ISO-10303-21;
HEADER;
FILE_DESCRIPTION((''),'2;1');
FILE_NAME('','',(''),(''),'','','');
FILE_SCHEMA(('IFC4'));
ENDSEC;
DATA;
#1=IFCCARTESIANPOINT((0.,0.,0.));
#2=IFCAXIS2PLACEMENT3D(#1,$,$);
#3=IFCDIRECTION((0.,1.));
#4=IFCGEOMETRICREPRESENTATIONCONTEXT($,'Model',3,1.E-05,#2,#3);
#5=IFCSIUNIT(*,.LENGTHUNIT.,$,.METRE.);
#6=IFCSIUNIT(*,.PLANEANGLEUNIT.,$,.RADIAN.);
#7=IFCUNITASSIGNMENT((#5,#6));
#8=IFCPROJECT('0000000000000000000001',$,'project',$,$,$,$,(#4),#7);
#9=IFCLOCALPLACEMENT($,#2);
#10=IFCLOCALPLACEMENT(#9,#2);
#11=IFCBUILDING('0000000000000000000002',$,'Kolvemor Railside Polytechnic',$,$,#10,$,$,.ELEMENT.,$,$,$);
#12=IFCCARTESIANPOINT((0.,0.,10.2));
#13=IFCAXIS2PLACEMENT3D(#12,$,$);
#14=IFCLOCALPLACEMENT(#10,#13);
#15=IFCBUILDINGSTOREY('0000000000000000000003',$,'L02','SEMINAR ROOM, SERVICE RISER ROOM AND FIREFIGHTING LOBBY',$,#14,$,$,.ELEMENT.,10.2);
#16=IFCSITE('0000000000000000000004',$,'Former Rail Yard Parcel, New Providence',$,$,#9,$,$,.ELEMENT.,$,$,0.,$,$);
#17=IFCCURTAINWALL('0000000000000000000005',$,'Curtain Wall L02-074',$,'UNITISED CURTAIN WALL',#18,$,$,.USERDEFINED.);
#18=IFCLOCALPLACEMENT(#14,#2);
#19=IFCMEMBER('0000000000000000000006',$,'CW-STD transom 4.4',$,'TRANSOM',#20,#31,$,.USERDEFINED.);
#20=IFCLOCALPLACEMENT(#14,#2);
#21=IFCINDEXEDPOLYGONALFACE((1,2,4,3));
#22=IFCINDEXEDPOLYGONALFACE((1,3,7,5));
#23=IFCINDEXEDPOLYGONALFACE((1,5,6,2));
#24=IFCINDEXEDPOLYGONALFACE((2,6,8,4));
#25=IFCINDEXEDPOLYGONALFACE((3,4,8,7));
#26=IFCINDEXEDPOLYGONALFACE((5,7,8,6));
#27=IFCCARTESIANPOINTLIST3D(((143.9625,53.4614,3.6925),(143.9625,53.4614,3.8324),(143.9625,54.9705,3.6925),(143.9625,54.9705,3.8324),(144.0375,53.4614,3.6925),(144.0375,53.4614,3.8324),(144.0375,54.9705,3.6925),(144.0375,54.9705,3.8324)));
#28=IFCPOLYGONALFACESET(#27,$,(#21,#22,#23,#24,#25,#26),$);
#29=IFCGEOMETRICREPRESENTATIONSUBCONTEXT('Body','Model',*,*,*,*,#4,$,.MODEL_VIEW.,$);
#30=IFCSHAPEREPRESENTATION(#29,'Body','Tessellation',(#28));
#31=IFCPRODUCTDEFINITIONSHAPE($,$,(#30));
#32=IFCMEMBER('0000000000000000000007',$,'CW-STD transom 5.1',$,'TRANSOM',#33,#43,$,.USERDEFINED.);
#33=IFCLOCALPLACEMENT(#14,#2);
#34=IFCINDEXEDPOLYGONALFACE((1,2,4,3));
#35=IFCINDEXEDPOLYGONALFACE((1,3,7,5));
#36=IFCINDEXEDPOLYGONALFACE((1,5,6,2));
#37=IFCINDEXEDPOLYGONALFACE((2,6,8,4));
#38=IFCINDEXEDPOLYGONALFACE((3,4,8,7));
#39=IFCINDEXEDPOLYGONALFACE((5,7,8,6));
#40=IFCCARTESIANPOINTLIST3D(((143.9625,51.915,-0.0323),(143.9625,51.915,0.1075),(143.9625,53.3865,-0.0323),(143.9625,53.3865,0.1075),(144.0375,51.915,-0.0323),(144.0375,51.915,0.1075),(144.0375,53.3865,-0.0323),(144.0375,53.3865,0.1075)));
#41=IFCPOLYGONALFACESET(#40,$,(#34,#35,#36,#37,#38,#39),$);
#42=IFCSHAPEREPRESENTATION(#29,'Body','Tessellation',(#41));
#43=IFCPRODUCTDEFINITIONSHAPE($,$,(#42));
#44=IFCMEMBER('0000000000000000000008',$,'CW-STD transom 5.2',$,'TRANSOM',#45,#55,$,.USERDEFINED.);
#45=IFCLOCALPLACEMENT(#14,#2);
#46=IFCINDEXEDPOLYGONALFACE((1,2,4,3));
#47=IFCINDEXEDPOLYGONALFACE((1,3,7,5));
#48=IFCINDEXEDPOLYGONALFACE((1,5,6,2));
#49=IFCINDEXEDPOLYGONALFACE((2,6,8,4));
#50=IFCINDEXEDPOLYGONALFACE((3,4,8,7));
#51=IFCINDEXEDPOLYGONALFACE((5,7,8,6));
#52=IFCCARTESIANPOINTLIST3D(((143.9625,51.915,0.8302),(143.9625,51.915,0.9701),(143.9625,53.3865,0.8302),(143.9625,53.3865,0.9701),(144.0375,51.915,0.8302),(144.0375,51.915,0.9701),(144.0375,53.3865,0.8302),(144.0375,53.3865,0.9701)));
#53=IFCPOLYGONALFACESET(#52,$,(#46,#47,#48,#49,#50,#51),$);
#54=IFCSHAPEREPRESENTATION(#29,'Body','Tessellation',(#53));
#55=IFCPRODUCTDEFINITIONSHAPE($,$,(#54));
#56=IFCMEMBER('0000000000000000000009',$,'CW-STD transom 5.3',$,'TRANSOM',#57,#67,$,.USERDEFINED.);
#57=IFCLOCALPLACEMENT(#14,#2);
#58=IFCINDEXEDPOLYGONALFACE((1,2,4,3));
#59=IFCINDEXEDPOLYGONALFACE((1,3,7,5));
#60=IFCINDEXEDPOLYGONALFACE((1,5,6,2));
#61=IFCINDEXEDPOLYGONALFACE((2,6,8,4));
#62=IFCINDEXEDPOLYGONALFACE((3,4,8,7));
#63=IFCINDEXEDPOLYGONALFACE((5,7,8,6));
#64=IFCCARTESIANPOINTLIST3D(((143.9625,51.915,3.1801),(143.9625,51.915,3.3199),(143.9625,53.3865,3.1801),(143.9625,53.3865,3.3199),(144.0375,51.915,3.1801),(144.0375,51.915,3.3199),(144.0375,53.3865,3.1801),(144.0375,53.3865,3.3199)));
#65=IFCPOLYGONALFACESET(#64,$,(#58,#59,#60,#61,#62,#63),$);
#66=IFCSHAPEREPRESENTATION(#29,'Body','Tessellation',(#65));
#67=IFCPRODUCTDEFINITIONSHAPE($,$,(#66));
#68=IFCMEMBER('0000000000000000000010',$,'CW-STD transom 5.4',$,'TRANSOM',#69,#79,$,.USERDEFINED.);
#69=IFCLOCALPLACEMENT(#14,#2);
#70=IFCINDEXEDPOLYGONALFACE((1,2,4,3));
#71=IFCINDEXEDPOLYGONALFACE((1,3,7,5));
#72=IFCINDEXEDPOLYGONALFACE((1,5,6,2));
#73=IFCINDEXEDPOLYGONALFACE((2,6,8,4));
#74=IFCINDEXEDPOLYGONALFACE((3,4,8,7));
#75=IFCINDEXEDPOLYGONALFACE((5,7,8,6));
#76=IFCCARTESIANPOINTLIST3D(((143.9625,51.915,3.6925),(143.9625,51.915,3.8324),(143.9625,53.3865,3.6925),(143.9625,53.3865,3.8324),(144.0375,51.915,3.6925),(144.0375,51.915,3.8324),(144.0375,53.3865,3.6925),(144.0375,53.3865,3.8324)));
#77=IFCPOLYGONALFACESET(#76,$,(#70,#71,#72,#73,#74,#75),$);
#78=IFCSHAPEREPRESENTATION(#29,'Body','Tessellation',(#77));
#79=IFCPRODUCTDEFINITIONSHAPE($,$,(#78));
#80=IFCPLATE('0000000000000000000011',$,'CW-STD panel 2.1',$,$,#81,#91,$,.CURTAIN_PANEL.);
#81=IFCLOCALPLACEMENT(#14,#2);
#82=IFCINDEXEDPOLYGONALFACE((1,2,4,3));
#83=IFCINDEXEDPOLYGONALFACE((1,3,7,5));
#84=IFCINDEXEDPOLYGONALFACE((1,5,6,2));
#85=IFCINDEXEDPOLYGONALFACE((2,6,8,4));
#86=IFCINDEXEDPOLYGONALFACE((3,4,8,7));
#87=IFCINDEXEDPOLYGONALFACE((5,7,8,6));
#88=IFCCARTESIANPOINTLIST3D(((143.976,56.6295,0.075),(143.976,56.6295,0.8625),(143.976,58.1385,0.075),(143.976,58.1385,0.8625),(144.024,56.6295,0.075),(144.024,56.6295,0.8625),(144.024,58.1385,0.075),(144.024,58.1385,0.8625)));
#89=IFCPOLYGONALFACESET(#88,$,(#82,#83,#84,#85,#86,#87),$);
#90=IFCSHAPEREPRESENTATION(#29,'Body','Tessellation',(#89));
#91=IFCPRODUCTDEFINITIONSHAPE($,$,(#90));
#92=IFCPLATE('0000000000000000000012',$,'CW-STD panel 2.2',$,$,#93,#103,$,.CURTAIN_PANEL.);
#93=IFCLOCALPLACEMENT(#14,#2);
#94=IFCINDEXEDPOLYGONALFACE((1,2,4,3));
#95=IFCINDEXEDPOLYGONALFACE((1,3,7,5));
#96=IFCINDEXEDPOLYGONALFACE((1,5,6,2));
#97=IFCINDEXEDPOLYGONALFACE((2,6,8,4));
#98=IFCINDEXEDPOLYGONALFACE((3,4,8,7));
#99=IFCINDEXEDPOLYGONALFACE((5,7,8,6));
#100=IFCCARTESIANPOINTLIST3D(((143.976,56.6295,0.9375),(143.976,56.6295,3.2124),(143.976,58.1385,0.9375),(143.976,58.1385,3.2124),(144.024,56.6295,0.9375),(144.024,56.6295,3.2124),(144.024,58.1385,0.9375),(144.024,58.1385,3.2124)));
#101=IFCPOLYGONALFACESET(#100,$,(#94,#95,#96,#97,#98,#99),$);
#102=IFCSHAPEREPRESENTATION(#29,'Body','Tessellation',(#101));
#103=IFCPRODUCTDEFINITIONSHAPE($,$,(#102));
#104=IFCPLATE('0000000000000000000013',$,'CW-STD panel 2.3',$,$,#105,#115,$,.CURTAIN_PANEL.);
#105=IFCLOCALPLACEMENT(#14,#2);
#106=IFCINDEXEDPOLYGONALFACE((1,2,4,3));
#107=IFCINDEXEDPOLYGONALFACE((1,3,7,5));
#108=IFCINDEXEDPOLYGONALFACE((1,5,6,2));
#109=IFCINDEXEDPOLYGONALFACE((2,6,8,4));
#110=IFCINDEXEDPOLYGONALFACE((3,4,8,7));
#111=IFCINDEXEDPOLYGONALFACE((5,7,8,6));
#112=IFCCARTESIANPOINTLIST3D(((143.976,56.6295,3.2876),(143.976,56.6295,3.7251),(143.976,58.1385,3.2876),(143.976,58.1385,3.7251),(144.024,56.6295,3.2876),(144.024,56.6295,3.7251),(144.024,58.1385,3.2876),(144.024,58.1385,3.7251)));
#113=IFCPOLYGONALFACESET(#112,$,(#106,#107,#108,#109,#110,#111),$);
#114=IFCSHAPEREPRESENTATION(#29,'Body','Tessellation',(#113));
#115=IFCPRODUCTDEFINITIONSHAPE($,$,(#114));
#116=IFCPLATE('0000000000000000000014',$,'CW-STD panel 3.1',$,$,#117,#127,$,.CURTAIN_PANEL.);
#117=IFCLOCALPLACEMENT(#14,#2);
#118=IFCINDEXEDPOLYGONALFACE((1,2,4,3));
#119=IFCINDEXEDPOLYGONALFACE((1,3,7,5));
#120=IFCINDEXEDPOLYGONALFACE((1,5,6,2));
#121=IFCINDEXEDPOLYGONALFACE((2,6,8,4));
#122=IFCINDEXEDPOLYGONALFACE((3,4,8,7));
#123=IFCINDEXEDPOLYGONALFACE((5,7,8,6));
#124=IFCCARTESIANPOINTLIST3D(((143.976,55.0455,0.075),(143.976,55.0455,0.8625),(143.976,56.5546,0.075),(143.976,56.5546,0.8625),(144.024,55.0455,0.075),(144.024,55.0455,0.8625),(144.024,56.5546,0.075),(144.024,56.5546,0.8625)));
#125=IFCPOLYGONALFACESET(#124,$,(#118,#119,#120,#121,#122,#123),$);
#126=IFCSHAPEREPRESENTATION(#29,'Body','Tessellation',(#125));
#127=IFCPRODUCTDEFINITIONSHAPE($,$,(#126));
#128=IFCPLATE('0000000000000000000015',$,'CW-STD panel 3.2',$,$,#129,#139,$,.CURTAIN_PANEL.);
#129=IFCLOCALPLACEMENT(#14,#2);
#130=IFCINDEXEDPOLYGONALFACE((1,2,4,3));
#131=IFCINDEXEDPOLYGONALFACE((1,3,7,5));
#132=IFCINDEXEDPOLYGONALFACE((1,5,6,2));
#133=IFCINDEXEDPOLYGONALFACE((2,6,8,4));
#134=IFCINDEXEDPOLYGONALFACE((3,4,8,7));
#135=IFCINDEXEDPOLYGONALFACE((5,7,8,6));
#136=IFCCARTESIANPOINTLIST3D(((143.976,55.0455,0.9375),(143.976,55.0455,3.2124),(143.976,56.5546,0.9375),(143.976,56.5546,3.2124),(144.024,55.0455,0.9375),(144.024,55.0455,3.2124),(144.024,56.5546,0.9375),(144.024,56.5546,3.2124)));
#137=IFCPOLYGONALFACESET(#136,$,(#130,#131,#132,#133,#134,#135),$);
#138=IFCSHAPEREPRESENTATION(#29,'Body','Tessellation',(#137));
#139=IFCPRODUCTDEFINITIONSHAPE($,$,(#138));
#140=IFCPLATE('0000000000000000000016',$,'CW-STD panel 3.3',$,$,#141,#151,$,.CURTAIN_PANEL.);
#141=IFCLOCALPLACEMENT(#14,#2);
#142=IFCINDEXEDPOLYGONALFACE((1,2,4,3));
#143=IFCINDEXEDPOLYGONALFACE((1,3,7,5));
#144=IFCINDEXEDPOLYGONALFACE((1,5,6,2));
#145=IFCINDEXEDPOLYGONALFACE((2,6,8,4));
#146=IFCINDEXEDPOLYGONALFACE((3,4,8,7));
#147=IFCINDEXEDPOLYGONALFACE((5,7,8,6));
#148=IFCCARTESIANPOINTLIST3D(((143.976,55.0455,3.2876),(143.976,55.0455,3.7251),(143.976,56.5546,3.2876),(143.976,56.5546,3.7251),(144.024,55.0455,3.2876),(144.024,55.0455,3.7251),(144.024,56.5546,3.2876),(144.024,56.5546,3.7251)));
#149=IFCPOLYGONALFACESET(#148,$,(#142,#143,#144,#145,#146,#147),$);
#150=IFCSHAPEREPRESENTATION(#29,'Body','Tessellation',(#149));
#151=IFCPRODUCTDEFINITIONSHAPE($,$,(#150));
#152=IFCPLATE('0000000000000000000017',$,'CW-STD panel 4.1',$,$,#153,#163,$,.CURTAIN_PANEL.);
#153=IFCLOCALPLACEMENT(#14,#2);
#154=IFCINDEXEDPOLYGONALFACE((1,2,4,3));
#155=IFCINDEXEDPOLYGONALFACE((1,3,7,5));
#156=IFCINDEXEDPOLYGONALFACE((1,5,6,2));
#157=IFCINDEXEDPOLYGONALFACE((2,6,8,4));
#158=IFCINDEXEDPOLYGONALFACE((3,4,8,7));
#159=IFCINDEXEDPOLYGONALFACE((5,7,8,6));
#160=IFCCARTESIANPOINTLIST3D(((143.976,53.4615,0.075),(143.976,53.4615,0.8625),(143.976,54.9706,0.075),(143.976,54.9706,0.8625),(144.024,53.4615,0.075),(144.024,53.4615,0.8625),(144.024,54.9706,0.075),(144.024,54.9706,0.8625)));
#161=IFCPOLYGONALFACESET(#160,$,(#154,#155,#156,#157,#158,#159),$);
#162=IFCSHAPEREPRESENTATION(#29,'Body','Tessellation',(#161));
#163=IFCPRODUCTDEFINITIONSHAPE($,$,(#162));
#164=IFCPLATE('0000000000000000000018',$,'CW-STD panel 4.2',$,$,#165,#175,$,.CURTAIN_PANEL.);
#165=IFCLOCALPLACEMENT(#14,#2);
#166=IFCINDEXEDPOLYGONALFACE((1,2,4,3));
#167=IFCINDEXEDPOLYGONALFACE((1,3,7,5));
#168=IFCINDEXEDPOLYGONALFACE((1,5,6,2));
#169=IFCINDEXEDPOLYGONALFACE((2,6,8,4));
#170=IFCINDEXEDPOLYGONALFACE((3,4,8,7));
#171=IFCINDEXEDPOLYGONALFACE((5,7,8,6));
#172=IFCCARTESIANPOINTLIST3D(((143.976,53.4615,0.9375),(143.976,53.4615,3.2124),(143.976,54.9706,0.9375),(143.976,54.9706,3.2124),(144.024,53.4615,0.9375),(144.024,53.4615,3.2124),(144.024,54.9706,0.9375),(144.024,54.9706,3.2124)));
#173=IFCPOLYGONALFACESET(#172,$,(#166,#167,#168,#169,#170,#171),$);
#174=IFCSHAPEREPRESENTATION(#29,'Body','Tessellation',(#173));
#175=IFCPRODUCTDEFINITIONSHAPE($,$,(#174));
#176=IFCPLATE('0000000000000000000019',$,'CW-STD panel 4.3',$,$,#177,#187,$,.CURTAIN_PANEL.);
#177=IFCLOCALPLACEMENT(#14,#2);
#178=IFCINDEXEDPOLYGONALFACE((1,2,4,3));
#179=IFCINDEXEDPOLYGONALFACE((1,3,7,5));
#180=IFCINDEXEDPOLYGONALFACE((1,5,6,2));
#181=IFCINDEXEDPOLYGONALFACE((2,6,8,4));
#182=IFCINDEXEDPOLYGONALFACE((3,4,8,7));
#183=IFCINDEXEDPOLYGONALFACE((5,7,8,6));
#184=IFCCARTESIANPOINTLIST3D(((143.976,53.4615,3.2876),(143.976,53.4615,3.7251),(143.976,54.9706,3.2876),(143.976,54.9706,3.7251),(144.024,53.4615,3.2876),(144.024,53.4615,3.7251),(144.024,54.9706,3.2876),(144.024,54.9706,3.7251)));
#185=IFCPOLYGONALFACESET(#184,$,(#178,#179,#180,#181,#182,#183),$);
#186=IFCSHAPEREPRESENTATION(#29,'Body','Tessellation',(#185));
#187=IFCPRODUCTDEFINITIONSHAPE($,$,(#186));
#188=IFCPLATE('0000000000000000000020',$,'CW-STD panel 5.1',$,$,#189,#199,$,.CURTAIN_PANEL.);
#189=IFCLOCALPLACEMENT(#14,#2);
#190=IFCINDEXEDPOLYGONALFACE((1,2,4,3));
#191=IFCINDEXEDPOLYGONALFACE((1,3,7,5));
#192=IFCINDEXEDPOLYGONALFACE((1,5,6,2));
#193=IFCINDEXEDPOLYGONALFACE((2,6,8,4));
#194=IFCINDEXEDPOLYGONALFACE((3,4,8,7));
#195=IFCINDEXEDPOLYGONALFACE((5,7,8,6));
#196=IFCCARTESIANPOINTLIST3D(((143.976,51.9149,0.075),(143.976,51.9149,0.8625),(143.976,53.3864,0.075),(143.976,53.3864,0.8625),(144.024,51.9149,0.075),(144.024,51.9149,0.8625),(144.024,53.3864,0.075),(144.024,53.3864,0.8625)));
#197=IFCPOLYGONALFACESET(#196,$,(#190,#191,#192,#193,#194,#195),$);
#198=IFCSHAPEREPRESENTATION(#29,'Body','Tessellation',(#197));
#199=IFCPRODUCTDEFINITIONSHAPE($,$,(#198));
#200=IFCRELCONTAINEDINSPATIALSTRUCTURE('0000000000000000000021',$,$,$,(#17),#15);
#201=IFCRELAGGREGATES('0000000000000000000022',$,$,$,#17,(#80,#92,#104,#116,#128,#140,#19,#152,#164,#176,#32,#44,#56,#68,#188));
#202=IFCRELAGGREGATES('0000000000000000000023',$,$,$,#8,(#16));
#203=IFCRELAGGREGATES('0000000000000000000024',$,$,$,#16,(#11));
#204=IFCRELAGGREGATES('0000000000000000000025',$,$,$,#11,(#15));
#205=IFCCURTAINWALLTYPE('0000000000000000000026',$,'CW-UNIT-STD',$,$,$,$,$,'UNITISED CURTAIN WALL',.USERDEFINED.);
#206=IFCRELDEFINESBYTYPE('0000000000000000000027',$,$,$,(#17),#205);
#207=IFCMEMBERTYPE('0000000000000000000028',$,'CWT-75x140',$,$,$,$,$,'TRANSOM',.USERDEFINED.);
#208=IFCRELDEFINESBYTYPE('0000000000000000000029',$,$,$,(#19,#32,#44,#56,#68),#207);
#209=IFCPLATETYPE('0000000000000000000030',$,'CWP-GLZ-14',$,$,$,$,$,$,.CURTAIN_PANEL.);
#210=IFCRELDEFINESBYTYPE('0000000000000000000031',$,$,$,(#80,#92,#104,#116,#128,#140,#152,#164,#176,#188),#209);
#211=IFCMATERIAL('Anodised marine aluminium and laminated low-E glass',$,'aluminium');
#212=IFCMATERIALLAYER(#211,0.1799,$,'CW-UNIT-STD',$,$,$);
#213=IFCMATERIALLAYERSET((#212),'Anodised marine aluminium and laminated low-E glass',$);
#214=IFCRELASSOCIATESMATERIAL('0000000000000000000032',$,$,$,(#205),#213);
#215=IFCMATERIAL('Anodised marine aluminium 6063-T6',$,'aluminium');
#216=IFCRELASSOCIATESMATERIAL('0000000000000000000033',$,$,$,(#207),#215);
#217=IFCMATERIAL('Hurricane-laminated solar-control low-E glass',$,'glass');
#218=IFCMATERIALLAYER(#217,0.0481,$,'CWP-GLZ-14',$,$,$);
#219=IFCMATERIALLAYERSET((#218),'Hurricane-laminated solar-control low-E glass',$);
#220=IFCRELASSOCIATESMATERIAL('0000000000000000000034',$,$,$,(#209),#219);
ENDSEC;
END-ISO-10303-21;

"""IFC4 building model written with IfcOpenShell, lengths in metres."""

from ifc_helpers import new_model, si_unit, direction, frame, origin, origin_2d, place, context, subcontext, project, spatial, rectangle, extrude, material, layer, layer_set, material_profile, profile_set, type_object, element, aggregate, save


model = new_model("IFC4")

# Units and contexts
model_context = context("Model", 3, precision=1e-05, world=origin(), true_north=direction((0.0, 1.0)))
body_context = subcontext(model_context, "Body", "Model", "MODEL_VIEW")
ifc_project = project(units=[si_unit("LENGTHUNIT", "METRE"), si_unit("PLANEANGLEUNIT", "RADIAN")], contexts=[model_context])

# Site, building, storey
site_placement = place(None, origin())
site = spatial("IfcSite", under=ifc_project, at=site_placement, Name="Former Rail Yard Parcel, New Providence", CompositionType="ELEMENT", RefElevation=0.0)
building_placement = place(site_placement, origin())
building = spatial("IfcBuilding", under=site, at=building_placement, Name="Kolvemor Railside Polytechnic", CompositionType="ELEMENT")
storey_placement = place(building_placement, frame((0.0, 0.0, 10.2)))
storey = spatial("IfcBuildingStorey", under=building, at=storey_placement, Name="L02", Description="SEMINAR ROOM, SERVICE RISER ROOM AND FIREFIGHTING LOBBY", CompositionType="ELEMENT", Elevation=10.2)

# Curtain wall, members, plates
ifc_material_1 = material(Name="Anodised marine aluminium and laminated low-E glass", Category="aluminium")
ifc_layer_1 = layer(ifc_material_1, 0.1799, Name="CW-UNIT-STD")
ifc_layer_set_1 = layer_set([ifc_layer_1], Name="Anodised marine aluminium and laminated low-E glass")
curtain_wall_type = type_object("IfcCurtainWallType", Name="CW-UNIT-STD", ElementType="UNITISED CURTAIN WALL", PredefinedType="USERDEFINED", material=ifc_layer_set_1)
curtain_wall_placement = place(storey_placement, origin())
curtain_wall = element("IfcCurtainWall", 1, at=curtain_wall_placement, inside=storey, type_object=curtain_wall_type, Name="Curtain Wall L02-074", ObjectType="UNITISED CURTAIN WALL", PredefinedType="USERDEFINED")
ifc_material_2 = material(Name="Anodised marine aluminium 6063-T6", Category="aluminium")
ifc_material_profile_1 = material_profile(ifc_material_2, rectangle(XDim=0.075, YDim=0.1399, at=origin_2d()), Name="CW-TRN-75x140")
ifc_profile_set_1 = profile_set([ifc_material_profile_1], Name="Anodised marine aluminium 6063-T6")
member_type_1 = type_object("IfcMemberType", Name="CWT-75x140", ElementType="TRANSOM", PredefinedType="USERDEFINED", material=ifc_profile_set_1)
member_1_placement = place(storey_placement, frame((144.0, 54.9705, 3.7625), z_axis=(0.0, -1.0, 0.0), x_axis=(1.0, 0.0, 0.0)))
member_1 = element("IfcMember", 2, at=member_1_placement, type_object=member_type_1, Name="CW-STD transom 4.4", ObjectType="TRANSOM", PredefinedType="USERDEFINED", context=body_context, shape_type="SweptSolid", body=[
    extrude(rectangle(XDim=0.075, YDim=0.1399, at=origin_2d()), origin(), (0.0, 0.0, 1.0), 1.509),
])
member_2_placement = place(storey_placement, frame((144.0, 53.3865, 0.0376), z_axis=(0.0, -1.0, 0.0), x_axis=(1.0, 0.0, 0.0)))
member_2 = element("IfcMember", 3, at=member_2_placement, type_object=member_type_1, Name="CW-STD transom 5.1", ObjectType="TRANSOM", PredefinedType="USERDEFINED", context=body_context, shape_type="SweptSolid", body=[
    extrude(rectangle(XDim=0.075, YDim=0.1399, at=origin_2d()), origin(), (0.0, 0.0, 1.0), 1.4714),
])
member_3_placement = place(storey_placement, frame((144.0, 53.3865, 0.9001), z_axis=(0.0, -1.0, 0.0), x_axis=(1.0, 0.0, 0.0)))
member_3 = element("IfcMember", 4, at=member_3_placement, type_object=member_type_1, Name="CW-STD transom 5.2", ObjectType="TRANSOM", PredefinedType="USERDEFINED", context=body_context, shape_type="SweptSolid", body=[
    extrude(rectangle(XDim=0.075, YDim=0.1399, at=origin_2d()), origin(), (0.0, 0.0, 1.0), 1.4714),
])
member_4_placement = place(storey_placement, frame((144.0, 53.3865, 3.25), z_axis=(0.0, -1.0, 0.0), x_axis=(1.0, 0.0, 0.0)))
member_4 = element("IfcMember", 5, at=member_4_placement, type_object=member_type_1, Name="CW-STD transom 5.3", ObjectType="TRANSOM", PredefinedType="USERDEFINED", context=body_context, shape_type="SweptSolid", body=[
    extrude(rectangle(XDim=0.075, YDim=0.1399, at=origin_2d()), origin(), (0.0, 0.0, 1.0), 1.4714),
])
member_5_placement = place(storey_placement, frame((144.0, 53.3865, 3.7625), z_axis=(0.0, -1.0, 0.0), x_axis=(1.0, 0.0, 0.0)))
member_5 = element("IfcMember", 6, at=member_5_placement, type_object=member_type_1, Name="CW-STD transom 5.4", ObjectType="TRANSOM", PredefinedType="USERDEFINED", context=body_context, shape_type="SweptSolid", body=[
    extrude(rectangle(XDim=0.075, YDim=0.1399, at=origin_2d()), origin(), (0.0, 0.0, 1.0), 1.4714),
])
ifc_material_3 = material(Name="Hurricane-laminated solar-control low-E glass", Category="glass")
ifc_layer_2 = layer(ifc_material_3, 0.0481, Name="CWP-GLZ-14")
ifc_layer_set_2 = layer_set([ifc_layer_2], Name="Hurricane-laminated solar-control low-E glass")
plate_type = type_object("IfcPlateType", Name="CWP-GLZ-14", PredefinedType="CURTAIN_PANEL", material=ifc_layer_set_2)
plate_1_placement = place(storey_placement, frame((144.0, 57.384, 0.075), z_axis=(0.0, 0.0, 1.0), x_axis=(0.0, -1.0, 0.0)))
plate_1 = element("IfcPlate", 7, at=plate_1_placement, type_object=plate_type, Name="CW-STD panel 2.1", PredefinedType="CURTAIN_PANEL", context=body_context, shape_type="SweptSolid", body=[
    extrude(rectangle(XDim=1.509, YDim=0.0481, at=origin_2d()), origin(), (0.0, 0.0, 1.0), 0.7876),
])
plate_2_placement = place(storey_placement, frame((144.0, 57.384, 0.9375), z_axis=(0.0, 0.0, 1.0), x_axis=(0.0, -1.0, 0.0)))
plate_2 = element("IfcPlate", 8, at=plate_2_placement, type_object=plate_type, Name="CW-STD panel 2.2", PredefinedType="CURTAIN_PANEL", context=body_context, shape_type="SweptSolid", body=[
    extrude(rectangle(XDim=1.509, YDim=0.0481, at=origin_2d()), origin(), (0.0, 0.0, 1.0), 2.2749),
])
plate_3_placement = place(storey_placement, frame((144.0, 57.384, 3.2876), z_axis=(0.0, 0.0, 1.0), x_axis=(0.0, -1.0, 0.0)))
plate_3 = element("IfcPlate", 9, at=plate_3_placement, type_object=plate_type, Name="CW-STD panel 2.3", PredefinedType="CURTAIN_PANEL", context=body_context, shape_type="SweptSolid", body=[
    extrude(rectangle(XDim=1.509, YDim=0.0481, at=origin_2d()), origin(), (0.0, 0.0, 1.0), 0.4375),
])
plate_4_placement = place(storey_placement, frame((144.0, 55.8, 0.075), z_axis=(0.0, 0.0, 1.0), x_axis=(0.0, -1.0, 0.0)))
plate_4 = element("IfcPlate", 10, at=plate_4_placement, type_object=plate_type, Name="CW-STD panel 3.1", PredefinedType="CURTAIN_PANEL", context=body_context, shape_type="SweptSolid", body=[
    extrude(rectangle(XDim=1.509, YDim=0.0481, at=origin_2d()), origin(), (0.0, 0.0, 1.0), 0.7876),
])
plate_5_placement = place(storey_placement, frame((144.0, 55.8, 0.9375), z_axis=(0.0, 0.0, 1.0), x_axis=(0.0, -1.0, 0.0)))
plate_5 = element("IfcPlate", 11, at=plate_5_placement, type_object=plate_type, Name="CW-STD panel 3.2", PredefinedType="CURTAIN_PANEL", context=body_context, shape_type="SweptSolid", body=[
    extrude(rectangle(XDim=1.509, YDim=0.0481, at=origin_2d()), origin(), (0.0, 0.0, 1.0), 2.2749),
])
plate_6_placement = place(storey_placement, frame((144.0, 55.8, 3.2876), z_axis=(0.0, 0.0, 1.0), x_axis=(0.0, -1.0, 0.0)))
plate_6 = element("IfcPlate", 12, at=plate_6_placement, type_object=plate_type, Name="CW-STD panel 3.3", PredefinedType="CURTAIN_PANEL", context=body_context, shape_type="SweptSolid", body=[
    extrude(rectangle(XDim=1.509, YDim=0.0481, at=origin_2d()), origin(), (0.0, 0.0, 1.0), 0.4375),
])
plate_7_placement = place(storey_placement, frame((144.0, 54.2161, 0.075), z_axis=(0.0, 0.0, 1.0), x_axis=(0.0, -1.0, 0.0)))
plate_7 = element("IfcPlate", 13, at=plate_7_placement, type_object=plate_type, Name="CW-STD panel 4.1", PredefinedType="CURTAIN_PANEL", context=body_context, shape_type="SweptSolid", body=[
    extrude(rectangle(XDim=1.509, YDim=0.0481, at=origin_2d()), origin(), (0.0, 0.0, 1.0), 0.7876),
])
plate_8_placement = place(storey_placement, frame((144.0, 54.2161, 0.9375), z_axis=(0.0, 0.0, 1.0), x_axis=(0.0, -1.0, 0.0)))
plate_8 = element("IfcPlate", 14, at=plate_8_placement, type_object=plate_type, Name="CW-STD panel 4.2", PredefinedType="CURTAIN_PANEL", context=body_context, shape_type="SweptSolid", body=[
    extrude(rectangle(XDim=1.509, YDim=0.0481, at=origin_2d()), origin(), (0.0, 0.0, 1.0), 2.2749),
])
plate_9_placement = place(storey_placement, frame((144.0, 54.2161, 3.2876), z_axis=(0.0, 0.0, 1.0), x_axis=(0.0, -1.0, 0.0)))
plate_9 = element("IfcPlate", 15, at=plate_9_placement, type_object=plate_type, Name="CW-STD panel 4.3", PredefinedType="CURTAIN_PANEL", context=body_context, shape_type="SweptSolid", body=[
    extrude(rectangle(XDim=1.509, YDim=0.0481, at=origin_2d()), origin(), (0.0, 0.0, 1.0), 0.4375),
])
plate_10_placement = place(storey_placement, frame((144.0, 52.6506, 0.075), z_axis=(0.0, 0.0, 1.0), x_axis=(0.0, -1.0, 0.0)))
plate_10 = element("IfcPlate", 16, at=plate_10_placement, type_object=plate_type, Name="CW-STD panel 5.1", PredefinedType="CURTAIN_PANEL", context=body_context, shape_type="SweptSolid", body=[
    extrude(rectangle(XDim=1.4714, YDim=0.0481, at=origin_2d()), origin(), (0.0, 0.0, 1.0), 0.7876),
])
aggregate(curtain_wall, [plate_1, plate_2, plate_3, plate_4, plate_5, plate_6, member_1, plate_7, plate_8, plate_9, member_2, member_3, member_4, member_5, plate_10])

save(model, "model.ifc")
